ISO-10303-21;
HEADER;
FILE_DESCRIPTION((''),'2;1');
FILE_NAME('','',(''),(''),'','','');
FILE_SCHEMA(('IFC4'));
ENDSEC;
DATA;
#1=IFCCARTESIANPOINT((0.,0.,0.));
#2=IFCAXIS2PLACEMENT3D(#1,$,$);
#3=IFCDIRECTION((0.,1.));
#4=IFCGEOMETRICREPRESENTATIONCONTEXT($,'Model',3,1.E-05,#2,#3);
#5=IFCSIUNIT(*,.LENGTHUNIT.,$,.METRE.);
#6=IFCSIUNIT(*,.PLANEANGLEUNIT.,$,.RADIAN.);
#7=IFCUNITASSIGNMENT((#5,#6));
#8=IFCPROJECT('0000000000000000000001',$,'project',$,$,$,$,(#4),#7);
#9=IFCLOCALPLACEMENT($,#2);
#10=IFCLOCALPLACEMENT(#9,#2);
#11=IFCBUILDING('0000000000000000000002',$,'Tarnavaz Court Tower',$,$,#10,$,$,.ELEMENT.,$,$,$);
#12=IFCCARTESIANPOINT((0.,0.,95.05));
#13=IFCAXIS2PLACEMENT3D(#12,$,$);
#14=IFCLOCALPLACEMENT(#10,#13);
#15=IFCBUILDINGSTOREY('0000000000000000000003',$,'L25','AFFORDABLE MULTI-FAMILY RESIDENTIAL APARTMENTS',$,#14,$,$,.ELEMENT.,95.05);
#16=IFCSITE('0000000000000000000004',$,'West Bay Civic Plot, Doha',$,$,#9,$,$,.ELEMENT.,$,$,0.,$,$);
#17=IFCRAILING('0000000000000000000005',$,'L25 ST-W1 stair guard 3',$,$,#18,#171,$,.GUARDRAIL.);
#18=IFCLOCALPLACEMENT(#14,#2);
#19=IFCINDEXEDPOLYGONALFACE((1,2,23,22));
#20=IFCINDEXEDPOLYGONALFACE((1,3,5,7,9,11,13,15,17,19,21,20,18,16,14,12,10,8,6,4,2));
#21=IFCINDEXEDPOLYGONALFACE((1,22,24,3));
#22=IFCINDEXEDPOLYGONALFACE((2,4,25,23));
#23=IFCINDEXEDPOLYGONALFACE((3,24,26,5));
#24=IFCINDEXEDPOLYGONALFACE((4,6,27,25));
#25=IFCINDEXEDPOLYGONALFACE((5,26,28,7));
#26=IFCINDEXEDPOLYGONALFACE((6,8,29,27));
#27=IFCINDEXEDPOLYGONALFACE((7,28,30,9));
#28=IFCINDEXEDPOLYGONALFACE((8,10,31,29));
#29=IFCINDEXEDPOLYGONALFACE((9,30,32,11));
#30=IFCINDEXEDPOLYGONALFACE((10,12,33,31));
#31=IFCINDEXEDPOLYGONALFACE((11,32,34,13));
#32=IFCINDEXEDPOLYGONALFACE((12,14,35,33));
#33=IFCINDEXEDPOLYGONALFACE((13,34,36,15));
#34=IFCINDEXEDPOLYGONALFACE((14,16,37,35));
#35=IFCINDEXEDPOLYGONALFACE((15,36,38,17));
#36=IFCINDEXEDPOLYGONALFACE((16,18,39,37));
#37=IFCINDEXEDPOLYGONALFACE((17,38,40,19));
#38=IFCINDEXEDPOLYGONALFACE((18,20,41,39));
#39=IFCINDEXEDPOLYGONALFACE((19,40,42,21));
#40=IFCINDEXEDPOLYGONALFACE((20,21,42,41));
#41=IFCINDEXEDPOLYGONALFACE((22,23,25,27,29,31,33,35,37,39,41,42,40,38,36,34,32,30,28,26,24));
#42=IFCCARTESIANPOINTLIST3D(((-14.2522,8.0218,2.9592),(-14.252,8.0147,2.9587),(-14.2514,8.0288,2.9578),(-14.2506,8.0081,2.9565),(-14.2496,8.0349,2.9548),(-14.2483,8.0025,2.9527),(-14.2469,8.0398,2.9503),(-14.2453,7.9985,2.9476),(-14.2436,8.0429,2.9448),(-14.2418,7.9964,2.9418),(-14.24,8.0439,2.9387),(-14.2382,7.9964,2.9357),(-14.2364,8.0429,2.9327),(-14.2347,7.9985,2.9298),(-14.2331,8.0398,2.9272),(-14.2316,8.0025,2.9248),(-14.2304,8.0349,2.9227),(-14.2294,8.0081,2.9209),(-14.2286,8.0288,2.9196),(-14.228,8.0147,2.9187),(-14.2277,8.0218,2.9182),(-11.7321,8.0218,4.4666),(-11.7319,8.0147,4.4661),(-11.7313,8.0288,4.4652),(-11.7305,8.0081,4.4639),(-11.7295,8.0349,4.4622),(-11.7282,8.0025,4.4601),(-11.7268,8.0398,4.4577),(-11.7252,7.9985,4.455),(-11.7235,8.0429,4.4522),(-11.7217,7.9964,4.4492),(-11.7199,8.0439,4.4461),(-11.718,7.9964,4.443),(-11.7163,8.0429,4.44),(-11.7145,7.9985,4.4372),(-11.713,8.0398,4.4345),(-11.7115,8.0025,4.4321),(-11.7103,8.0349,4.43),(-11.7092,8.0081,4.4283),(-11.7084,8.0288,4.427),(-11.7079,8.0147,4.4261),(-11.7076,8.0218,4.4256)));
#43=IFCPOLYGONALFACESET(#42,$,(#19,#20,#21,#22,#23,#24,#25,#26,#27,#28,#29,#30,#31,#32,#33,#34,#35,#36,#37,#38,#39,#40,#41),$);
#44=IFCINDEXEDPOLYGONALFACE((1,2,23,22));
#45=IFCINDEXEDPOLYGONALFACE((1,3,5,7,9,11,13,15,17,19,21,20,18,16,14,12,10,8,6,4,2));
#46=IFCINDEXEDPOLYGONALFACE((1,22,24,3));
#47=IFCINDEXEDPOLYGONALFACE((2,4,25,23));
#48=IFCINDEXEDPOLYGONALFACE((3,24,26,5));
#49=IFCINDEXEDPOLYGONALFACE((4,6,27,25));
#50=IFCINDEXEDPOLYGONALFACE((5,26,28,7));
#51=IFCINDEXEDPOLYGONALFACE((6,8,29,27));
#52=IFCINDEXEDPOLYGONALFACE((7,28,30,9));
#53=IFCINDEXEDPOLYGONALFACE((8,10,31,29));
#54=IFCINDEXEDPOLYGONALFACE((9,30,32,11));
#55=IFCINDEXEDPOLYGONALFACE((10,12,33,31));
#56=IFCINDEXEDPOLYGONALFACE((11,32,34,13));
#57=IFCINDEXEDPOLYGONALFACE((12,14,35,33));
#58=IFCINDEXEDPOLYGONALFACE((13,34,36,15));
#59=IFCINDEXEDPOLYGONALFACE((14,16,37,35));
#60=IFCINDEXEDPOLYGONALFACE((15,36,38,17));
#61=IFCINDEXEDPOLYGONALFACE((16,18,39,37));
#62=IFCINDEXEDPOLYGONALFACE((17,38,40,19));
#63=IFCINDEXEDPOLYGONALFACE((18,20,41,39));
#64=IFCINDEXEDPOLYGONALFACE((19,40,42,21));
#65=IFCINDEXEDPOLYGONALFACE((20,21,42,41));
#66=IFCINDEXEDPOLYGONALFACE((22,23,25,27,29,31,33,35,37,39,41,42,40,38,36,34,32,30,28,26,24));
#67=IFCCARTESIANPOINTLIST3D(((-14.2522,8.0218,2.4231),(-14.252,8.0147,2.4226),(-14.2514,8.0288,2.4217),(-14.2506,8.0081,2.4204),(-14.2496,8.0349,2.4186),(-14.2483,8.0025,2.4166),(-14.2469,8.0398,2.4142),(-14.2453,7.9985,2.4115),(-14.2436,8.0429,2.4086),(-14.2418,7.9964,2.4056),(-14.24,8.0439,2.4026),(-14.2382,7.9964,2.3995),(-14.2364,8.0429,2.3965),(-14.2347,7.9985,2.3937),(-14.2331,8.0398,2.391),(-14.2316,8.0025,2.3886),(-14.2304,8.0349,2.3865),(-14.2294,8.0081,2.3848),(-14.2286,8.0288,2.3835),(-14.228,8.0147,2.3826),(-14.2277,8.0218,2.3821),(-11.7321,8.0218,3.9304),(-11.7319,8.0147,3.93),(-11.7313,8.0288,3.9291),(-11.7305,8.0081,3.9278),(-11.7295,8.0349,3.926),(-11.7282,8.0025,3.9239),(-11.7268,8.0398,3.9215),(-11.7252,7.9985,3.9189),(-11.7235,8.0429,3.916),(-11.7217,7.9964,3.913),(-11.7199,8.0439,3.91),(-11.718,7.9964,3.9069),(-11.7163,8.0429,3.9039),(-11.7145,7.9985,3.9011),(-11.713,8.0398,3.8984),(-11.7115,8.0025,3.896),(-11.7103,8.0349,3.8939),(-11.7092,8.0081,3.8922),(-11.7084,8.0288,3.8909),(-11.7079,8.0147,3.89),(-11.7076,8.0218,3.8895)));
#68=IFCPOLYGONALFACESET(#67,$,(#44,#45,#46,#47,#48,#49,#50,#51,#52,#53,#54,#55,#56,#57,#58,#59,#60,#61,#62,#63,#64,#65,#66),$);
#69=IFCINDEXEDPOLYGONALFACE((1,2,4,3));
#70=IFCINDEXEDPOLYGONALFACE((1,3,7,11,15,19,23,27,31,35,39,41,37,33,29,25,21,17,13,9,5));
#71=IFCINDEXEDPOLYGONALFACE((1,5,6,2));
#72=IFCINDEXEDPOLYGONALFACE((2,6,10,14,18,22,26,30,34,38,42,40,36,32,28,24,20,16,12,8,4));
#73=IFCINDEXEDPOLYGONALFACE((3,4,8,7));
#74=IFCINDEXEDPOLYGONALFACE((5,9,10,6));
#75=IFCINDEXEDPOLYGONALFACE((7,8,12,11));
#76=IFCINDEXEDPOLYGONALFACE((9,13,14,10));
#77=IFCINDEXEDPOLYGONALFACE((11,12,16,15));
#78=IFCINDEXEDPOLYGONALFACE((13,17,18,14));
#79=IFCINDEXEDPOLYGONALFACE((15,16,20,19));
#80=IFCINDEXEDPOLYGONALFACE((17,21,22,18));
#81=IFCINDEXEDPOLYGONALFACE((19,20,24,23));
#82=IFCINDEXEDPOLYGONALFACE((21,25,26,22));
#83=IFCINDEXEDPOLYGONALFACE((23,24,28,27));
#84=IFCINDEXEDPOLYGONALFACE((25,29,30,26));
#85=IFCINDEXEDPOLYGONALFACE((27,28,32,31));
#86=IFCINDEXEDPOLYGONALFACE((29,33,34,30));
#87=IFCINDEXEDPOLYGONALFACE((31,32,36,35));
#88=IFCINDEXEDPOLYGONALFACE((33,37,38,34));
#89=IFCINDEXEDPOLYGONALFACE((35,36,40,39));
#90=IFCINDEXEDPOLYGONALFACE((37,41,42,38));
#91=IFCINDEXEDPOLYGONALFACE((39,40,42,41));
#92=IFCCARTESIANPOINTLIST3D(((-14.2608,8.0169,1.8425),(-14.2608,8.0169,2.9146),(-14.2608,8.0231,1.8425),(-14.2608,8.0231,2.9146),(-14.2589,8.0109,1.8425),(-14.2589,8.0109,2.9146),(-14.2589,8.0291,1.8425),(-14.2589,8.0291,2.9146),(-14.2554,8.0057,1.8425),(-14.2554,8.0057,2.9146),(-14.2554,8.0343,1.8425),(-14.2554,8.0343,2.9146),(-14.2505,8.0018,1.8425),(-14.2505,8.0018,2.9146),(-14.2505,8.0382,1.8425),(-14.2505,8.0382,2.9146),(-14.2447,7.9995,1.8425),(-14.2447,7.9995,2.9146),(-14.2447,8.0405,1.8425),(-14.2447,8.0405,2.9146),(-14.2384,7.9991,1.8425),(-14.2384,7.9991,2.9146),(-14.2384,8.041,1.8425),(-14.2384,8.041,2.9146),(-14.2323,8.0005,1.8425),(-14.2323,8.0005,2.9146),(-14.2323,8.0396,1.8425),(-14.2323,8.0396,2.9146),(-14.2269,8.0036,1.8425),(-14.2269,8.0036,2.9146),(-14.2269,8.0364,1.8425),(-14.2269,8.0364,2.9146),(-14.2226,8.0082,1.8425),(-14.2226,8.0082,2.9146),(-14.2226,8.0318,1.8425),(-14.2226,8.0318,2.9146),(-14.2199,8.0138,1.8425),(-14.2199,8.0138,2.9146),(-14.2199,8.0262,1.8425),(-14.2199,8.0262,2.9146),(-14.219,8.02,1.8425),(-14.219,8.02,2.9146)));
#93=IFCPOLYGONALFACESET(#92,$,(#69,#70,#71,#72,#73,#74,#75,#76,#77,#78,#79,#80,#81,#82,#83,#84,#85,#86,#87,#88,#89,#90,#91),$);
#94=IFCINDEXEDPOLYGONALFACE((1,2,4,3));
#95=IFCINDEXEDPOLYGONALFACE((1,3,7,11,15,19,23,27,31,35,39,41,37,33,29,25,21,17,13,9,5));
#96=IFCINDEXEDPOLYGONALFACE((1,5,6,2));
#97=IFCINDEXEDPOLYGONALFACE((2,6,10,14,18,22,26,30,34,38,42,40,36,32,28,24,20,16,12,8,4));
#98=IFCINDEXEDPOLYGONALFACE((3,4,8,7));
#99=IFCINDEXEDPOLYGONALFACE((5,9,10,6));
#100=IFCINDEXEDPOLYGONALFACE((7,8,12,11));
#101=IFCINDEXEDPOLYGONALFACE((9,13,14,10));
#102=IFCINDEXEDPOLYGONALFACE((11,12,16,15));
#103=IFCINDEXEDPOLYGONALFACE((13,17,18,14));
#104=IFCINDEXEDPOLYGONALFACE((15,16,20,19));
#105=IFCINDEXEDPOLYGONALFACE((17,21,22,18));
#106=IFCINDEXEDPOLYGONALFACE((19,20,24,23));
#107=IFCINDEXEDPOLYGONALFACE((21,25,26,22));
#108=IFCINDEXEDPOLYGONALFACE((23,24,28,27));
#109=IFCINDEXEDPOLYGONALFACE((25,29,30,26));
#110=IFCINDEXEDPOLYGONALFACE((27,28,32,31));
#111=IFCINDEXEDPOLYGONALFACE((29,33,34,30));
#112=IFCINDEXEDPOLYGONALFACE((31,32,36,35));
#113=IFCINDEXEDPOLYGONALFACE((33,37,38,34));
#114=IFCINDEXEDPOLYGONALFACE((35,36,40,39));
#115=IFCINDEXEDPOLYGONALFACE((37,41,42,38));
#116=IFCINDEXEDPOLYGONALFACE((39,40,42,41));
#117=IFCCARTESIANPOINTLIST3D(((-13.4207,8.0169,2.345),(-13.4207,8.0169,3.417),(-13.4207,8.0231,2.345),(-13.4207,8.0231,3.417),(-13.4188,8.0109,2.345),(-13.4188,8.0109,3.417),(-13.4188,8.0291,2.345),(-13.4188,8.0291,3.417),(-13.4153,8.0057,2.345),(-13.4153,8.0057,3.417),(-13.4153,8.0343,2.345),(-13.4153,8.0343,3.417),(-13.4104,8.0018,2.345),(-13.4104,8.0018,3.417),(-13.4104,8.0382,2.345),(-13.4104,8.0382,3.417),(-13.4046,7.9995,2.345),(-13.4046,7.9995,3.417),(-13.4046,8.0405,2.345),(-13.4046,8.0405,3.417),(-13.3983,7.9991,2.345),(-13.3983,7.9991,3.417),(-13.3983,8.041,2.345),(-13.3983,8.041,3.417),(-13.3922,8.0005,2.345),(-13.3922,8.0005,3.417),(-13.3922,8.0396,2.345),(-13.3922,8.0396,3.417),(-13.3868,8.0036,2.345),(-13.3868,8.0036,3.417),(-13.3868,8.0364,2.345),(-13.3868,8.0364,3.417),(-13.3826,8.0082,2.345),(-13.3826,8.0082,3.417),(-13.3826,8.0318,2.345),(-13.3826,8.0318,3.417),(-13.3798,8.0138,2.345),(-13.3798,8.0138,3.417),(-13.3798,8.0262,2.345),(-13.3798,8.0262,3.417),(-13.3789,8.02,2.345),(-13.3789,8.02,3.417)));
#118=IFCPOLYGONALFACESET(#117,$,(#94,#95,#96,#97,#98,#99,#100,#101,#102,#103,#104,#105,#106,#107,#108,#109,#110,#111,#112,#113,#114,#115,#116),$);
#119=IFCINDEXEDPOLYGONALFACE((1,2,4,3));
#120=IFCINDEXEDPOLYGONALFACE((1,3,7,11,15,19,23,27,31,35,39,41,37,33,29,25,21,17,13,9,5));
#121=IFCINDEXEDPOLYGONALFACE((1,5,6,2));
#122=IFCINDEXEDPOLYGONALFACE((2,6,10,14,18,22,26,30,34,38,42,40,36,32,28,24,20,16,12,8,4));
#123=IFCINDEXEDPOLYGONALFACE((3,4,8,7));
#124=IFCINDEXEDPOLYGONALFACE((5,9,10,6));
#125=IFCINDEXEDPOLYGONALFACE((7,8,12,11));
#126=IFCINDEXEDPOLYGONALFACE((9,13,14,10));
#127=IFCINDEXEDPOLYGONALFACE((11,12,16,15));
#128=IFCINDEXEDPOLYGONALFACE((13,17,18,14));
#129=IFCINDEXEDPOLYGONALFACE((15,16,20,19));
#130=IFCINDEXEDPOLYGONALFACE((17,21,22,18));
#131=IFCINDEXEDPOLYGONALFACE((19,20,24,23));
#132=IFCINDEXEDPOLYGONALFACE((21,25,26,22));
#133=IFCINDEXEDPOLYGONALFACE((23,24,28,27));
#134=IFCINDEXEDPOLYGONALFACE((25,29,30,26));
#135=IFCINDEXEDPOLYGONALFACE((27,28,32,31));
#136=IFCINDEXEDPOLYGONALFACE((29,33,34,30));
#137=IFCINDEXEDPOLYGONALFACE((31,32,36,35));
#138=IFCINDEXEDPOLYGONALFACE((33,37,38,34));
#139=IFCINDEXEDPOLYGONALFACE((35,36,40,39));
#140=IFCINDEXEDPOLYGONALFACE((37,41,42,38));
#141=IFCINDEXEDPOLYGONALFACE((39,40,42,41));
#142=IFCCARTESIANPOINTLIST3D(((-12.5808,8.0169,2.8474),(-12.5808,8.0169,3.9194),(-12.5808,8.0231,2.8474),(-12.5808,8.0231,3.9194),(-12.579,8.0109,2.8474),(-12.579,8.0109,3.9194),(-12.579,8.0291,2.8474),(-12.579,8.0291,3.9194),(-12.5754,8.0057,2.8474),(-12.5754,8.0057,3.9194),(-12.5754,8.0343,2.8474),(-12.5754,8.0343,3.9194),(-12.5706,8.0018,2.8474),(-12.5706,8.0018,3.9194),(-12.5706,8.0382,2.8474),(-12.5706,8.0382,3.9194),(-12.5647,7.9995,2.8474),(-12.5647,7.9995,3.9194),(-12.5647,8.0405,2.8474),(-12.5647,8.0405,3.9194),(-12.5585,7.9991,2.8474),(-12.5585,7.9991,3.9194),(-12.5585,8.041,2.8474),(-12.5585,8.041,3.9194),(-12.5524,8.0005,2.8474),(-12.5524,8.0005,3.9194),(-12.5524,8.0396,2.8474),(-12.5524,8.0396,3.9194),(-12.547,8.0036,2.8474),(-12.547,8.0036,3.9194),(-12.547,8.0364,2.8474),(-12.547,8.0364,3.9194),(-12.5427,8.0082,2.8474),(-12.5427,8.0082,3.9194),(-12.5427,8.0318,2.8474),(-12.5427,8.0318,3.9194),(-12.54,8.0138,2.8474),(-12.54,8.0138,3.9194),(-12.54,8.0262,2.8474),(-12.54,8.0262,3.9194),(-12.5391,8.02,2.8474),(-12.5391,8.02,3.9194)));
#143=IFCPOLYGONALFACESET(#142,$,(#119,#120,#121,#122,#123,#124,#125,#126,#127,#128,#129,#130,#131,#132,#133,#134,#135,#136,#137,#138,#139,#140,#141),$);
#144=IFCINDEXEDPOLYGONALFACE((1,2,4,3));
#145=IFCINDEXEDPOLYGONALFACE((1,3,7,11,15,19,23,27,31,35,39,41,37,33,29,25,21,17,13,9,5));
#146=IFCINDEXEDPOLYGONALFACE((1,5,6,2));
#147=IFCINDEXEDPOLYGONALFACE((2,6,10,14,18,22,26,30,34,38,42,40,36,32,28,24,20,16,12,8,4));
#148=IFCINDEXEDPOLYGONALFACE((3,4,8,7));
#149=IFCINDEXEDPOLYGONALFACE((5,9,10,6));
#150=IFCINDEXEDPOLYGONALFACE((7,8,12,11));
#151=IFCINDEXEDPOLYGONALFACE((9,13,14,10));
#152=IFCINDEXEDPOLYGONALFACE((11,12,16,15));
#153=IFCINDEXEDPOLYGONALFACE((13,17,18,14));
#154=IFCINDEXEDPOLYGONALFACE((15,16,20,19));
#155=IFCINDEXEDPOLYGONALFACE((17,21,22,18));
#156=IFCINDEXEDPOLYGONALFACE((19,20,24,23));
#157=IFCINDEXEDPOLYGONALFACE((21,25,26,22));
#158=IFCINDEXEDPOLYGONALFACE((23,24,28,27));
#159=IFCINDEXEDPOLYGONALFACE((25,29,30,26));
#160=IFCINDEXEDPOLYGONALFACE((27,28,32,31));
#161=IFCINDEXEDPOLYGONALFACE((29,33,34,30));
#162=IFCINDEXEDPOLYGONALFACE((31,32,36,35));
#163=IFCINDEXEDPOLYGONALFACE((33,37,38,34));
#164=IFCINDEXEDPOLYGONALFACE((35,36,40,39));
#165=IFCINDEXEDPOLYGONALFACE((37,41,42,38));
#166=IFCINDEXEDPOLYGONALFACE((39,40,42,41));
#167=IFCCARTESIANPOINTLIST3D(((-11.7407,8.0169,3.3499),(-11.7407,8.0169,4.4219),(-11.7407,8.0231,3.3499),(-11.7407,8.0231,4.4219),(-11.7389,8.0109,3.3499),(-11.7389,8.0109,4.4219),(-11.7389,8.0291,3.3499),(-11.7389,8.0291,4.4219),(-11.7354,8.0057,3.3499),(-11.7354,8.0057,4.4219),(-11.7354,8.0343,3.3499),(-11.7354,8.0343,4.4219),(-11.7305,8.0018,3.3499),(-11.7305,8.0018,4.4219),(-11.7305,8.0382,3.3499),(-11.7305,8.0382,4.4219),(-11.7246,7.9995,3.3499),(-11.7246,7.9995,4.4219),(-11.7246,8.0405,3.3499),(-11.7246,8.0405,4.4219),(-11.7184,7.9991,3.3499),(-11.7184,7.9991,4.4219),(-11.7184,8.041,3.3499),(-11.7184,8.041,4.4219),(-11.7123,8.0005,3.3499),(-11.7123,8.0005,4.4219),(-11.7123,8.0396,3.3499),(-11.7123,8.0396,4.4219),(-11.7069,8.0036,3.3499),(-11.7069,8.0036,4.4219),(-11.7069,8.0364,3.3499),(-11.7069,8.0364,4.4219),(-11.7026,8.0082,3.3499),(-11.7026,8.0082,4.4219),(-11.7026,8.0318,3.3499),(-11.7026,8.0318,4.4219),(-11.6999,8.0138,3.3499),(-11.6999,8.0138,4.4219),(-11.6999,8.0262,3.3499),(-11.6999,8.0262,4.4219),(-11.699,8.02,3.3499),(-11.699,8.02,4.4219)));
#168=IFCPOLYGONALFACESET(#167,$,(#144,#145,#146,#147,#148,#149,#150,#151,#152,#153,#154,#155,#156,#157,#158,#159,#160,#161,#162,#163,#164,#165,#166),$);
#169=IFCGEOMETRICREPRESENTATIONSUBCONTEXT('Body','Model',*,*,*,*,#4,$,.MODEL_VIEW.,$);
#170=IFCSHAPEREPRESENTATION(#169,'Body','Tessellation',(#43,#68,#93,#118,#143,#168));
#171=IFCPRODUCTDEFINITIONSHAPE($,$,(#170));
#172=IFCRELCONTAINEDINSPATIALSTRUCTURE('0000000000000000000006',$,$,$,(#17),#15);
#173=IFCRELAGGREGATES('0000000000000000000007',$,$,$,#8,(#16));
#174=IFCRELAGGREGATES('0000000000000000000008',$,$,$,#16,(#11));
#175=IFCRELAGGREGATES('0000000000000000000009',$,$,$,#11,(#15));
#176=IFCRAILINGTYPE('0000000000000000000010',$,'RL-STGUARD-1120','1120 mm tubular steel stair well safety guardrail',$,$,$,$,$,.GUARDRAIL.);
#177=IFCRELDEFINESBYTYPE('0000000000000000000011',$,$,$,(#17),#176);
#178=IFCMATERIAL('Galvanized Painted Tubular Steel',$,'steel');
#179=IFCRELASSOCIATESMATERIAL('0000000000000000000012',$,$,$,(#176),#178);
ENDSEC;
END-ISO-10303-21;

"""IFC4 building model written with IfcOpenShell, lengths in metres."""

from ifc_helpers import new_model, si_unit, direction, frame, origin, origin_2d, place, context, subcontext, project, spatial, circle, extrude, material, type_object, element, save


model = new_model("IFC4")

# Units and contexts
model_context = context("Model", 3, precision=1e-05, world=origin(), true_north=direction((0.0, 1.0)))
body_context = subcontext(model_context, "Body", "Model", "MODEL_VIEW")
ifc_project = project(units=[si_unit("LENGTHUNIT", "METRE"), si_unit("PLANEANGLEUNIT", "RADIAN")], contexts=[model_context])

# Site, building, storey
site_placement = place(None, origin())
site = spatial("IfcSite", under=ifc_project, at=site_placement, Name="West Bay Civic Plot, Doha", CompositionType="ELEMENT", RefElevation=0.0)
building_placement = place(site_placement, origin())
building = spatial("IfcBuilding", under=site, at=building_placement, Name="Tarnavaz Court Tower", CompositionType="ELEMENT")
storey_placement = place(building_placement, frame((0.0, 0.0, 95.05)))
storey = spatial("IfcBuildingStorey", under=building, at=storey_placement, Name="L25", Description="AFFORDABLE MULTI-FAMILY RESIDENTIAL APARTMENTS", CompositionType="ELEMENT", Elevation=95.05)

# Railing
ifc_material_1 = material(Name="Galvanized Painted Tubular Steel", Category="steel")
railing_type_1 = type_object("IfcRailingType", Name="RL-STGUARD-1120", Description="1120 mm tubular steel stair well safety guardrail", PredefinedType="GUARDRAIL", material=ifc_material_1)
railing_1_placement = place(storey_placement, frame((-14.24, 8.02, 1.8425)))
element("IfcRailing", 1, at=railing_1_placement, inside=storey, type_object=railing_type_1, Name="L25 ST-W1 stair guard 3", PredefinedType="GUARDRAIL", context=body_context, shape_type="SweptSolid", body=[
    extrude(circle(Radius=0.0239, at=origin_2d()), frame((0.0, 0.0, 1.0962), z_axis=(0.858196, 0.0, 0.513321), x_axis=(0.0, 1.0, 0.0)), (0.0, 0.0, 1.0), 2.9365),
    extrude(circle(Radius=0.0239, at=origin_2d()), frame((0.0, 0.0, 0.5601), z_axis=(0.858196, 0.0, 0.513321), x_axis=(0.0, 1.0, 0.0)), (0.0, 0.0, 1.0), 2.9365),
    extrude(circle(Radius=0.021, at=origin_2d()), origin(), (0.0, 0.0, 1.0), 1.072),
    extrude(circle(Radius=0.021, at=origin_2d()), frame((0.8401, 0.0, 0.5024)), (0.0, 0.0, 1.0), 1.072),
    extrude(circle(Radius=0.021, at=origin_2d()), frame((1.6799, 0.0, 1.0049)), (0.0, 0.0, 1.0), 1.072),
    extrude(circle(Radius=0.021, at=origin_2d()), frame((2.52, 0.0, 1.5073)), (0.0, 0.0, 1.0), 1.072),
])

save(model, "model.ifc")
